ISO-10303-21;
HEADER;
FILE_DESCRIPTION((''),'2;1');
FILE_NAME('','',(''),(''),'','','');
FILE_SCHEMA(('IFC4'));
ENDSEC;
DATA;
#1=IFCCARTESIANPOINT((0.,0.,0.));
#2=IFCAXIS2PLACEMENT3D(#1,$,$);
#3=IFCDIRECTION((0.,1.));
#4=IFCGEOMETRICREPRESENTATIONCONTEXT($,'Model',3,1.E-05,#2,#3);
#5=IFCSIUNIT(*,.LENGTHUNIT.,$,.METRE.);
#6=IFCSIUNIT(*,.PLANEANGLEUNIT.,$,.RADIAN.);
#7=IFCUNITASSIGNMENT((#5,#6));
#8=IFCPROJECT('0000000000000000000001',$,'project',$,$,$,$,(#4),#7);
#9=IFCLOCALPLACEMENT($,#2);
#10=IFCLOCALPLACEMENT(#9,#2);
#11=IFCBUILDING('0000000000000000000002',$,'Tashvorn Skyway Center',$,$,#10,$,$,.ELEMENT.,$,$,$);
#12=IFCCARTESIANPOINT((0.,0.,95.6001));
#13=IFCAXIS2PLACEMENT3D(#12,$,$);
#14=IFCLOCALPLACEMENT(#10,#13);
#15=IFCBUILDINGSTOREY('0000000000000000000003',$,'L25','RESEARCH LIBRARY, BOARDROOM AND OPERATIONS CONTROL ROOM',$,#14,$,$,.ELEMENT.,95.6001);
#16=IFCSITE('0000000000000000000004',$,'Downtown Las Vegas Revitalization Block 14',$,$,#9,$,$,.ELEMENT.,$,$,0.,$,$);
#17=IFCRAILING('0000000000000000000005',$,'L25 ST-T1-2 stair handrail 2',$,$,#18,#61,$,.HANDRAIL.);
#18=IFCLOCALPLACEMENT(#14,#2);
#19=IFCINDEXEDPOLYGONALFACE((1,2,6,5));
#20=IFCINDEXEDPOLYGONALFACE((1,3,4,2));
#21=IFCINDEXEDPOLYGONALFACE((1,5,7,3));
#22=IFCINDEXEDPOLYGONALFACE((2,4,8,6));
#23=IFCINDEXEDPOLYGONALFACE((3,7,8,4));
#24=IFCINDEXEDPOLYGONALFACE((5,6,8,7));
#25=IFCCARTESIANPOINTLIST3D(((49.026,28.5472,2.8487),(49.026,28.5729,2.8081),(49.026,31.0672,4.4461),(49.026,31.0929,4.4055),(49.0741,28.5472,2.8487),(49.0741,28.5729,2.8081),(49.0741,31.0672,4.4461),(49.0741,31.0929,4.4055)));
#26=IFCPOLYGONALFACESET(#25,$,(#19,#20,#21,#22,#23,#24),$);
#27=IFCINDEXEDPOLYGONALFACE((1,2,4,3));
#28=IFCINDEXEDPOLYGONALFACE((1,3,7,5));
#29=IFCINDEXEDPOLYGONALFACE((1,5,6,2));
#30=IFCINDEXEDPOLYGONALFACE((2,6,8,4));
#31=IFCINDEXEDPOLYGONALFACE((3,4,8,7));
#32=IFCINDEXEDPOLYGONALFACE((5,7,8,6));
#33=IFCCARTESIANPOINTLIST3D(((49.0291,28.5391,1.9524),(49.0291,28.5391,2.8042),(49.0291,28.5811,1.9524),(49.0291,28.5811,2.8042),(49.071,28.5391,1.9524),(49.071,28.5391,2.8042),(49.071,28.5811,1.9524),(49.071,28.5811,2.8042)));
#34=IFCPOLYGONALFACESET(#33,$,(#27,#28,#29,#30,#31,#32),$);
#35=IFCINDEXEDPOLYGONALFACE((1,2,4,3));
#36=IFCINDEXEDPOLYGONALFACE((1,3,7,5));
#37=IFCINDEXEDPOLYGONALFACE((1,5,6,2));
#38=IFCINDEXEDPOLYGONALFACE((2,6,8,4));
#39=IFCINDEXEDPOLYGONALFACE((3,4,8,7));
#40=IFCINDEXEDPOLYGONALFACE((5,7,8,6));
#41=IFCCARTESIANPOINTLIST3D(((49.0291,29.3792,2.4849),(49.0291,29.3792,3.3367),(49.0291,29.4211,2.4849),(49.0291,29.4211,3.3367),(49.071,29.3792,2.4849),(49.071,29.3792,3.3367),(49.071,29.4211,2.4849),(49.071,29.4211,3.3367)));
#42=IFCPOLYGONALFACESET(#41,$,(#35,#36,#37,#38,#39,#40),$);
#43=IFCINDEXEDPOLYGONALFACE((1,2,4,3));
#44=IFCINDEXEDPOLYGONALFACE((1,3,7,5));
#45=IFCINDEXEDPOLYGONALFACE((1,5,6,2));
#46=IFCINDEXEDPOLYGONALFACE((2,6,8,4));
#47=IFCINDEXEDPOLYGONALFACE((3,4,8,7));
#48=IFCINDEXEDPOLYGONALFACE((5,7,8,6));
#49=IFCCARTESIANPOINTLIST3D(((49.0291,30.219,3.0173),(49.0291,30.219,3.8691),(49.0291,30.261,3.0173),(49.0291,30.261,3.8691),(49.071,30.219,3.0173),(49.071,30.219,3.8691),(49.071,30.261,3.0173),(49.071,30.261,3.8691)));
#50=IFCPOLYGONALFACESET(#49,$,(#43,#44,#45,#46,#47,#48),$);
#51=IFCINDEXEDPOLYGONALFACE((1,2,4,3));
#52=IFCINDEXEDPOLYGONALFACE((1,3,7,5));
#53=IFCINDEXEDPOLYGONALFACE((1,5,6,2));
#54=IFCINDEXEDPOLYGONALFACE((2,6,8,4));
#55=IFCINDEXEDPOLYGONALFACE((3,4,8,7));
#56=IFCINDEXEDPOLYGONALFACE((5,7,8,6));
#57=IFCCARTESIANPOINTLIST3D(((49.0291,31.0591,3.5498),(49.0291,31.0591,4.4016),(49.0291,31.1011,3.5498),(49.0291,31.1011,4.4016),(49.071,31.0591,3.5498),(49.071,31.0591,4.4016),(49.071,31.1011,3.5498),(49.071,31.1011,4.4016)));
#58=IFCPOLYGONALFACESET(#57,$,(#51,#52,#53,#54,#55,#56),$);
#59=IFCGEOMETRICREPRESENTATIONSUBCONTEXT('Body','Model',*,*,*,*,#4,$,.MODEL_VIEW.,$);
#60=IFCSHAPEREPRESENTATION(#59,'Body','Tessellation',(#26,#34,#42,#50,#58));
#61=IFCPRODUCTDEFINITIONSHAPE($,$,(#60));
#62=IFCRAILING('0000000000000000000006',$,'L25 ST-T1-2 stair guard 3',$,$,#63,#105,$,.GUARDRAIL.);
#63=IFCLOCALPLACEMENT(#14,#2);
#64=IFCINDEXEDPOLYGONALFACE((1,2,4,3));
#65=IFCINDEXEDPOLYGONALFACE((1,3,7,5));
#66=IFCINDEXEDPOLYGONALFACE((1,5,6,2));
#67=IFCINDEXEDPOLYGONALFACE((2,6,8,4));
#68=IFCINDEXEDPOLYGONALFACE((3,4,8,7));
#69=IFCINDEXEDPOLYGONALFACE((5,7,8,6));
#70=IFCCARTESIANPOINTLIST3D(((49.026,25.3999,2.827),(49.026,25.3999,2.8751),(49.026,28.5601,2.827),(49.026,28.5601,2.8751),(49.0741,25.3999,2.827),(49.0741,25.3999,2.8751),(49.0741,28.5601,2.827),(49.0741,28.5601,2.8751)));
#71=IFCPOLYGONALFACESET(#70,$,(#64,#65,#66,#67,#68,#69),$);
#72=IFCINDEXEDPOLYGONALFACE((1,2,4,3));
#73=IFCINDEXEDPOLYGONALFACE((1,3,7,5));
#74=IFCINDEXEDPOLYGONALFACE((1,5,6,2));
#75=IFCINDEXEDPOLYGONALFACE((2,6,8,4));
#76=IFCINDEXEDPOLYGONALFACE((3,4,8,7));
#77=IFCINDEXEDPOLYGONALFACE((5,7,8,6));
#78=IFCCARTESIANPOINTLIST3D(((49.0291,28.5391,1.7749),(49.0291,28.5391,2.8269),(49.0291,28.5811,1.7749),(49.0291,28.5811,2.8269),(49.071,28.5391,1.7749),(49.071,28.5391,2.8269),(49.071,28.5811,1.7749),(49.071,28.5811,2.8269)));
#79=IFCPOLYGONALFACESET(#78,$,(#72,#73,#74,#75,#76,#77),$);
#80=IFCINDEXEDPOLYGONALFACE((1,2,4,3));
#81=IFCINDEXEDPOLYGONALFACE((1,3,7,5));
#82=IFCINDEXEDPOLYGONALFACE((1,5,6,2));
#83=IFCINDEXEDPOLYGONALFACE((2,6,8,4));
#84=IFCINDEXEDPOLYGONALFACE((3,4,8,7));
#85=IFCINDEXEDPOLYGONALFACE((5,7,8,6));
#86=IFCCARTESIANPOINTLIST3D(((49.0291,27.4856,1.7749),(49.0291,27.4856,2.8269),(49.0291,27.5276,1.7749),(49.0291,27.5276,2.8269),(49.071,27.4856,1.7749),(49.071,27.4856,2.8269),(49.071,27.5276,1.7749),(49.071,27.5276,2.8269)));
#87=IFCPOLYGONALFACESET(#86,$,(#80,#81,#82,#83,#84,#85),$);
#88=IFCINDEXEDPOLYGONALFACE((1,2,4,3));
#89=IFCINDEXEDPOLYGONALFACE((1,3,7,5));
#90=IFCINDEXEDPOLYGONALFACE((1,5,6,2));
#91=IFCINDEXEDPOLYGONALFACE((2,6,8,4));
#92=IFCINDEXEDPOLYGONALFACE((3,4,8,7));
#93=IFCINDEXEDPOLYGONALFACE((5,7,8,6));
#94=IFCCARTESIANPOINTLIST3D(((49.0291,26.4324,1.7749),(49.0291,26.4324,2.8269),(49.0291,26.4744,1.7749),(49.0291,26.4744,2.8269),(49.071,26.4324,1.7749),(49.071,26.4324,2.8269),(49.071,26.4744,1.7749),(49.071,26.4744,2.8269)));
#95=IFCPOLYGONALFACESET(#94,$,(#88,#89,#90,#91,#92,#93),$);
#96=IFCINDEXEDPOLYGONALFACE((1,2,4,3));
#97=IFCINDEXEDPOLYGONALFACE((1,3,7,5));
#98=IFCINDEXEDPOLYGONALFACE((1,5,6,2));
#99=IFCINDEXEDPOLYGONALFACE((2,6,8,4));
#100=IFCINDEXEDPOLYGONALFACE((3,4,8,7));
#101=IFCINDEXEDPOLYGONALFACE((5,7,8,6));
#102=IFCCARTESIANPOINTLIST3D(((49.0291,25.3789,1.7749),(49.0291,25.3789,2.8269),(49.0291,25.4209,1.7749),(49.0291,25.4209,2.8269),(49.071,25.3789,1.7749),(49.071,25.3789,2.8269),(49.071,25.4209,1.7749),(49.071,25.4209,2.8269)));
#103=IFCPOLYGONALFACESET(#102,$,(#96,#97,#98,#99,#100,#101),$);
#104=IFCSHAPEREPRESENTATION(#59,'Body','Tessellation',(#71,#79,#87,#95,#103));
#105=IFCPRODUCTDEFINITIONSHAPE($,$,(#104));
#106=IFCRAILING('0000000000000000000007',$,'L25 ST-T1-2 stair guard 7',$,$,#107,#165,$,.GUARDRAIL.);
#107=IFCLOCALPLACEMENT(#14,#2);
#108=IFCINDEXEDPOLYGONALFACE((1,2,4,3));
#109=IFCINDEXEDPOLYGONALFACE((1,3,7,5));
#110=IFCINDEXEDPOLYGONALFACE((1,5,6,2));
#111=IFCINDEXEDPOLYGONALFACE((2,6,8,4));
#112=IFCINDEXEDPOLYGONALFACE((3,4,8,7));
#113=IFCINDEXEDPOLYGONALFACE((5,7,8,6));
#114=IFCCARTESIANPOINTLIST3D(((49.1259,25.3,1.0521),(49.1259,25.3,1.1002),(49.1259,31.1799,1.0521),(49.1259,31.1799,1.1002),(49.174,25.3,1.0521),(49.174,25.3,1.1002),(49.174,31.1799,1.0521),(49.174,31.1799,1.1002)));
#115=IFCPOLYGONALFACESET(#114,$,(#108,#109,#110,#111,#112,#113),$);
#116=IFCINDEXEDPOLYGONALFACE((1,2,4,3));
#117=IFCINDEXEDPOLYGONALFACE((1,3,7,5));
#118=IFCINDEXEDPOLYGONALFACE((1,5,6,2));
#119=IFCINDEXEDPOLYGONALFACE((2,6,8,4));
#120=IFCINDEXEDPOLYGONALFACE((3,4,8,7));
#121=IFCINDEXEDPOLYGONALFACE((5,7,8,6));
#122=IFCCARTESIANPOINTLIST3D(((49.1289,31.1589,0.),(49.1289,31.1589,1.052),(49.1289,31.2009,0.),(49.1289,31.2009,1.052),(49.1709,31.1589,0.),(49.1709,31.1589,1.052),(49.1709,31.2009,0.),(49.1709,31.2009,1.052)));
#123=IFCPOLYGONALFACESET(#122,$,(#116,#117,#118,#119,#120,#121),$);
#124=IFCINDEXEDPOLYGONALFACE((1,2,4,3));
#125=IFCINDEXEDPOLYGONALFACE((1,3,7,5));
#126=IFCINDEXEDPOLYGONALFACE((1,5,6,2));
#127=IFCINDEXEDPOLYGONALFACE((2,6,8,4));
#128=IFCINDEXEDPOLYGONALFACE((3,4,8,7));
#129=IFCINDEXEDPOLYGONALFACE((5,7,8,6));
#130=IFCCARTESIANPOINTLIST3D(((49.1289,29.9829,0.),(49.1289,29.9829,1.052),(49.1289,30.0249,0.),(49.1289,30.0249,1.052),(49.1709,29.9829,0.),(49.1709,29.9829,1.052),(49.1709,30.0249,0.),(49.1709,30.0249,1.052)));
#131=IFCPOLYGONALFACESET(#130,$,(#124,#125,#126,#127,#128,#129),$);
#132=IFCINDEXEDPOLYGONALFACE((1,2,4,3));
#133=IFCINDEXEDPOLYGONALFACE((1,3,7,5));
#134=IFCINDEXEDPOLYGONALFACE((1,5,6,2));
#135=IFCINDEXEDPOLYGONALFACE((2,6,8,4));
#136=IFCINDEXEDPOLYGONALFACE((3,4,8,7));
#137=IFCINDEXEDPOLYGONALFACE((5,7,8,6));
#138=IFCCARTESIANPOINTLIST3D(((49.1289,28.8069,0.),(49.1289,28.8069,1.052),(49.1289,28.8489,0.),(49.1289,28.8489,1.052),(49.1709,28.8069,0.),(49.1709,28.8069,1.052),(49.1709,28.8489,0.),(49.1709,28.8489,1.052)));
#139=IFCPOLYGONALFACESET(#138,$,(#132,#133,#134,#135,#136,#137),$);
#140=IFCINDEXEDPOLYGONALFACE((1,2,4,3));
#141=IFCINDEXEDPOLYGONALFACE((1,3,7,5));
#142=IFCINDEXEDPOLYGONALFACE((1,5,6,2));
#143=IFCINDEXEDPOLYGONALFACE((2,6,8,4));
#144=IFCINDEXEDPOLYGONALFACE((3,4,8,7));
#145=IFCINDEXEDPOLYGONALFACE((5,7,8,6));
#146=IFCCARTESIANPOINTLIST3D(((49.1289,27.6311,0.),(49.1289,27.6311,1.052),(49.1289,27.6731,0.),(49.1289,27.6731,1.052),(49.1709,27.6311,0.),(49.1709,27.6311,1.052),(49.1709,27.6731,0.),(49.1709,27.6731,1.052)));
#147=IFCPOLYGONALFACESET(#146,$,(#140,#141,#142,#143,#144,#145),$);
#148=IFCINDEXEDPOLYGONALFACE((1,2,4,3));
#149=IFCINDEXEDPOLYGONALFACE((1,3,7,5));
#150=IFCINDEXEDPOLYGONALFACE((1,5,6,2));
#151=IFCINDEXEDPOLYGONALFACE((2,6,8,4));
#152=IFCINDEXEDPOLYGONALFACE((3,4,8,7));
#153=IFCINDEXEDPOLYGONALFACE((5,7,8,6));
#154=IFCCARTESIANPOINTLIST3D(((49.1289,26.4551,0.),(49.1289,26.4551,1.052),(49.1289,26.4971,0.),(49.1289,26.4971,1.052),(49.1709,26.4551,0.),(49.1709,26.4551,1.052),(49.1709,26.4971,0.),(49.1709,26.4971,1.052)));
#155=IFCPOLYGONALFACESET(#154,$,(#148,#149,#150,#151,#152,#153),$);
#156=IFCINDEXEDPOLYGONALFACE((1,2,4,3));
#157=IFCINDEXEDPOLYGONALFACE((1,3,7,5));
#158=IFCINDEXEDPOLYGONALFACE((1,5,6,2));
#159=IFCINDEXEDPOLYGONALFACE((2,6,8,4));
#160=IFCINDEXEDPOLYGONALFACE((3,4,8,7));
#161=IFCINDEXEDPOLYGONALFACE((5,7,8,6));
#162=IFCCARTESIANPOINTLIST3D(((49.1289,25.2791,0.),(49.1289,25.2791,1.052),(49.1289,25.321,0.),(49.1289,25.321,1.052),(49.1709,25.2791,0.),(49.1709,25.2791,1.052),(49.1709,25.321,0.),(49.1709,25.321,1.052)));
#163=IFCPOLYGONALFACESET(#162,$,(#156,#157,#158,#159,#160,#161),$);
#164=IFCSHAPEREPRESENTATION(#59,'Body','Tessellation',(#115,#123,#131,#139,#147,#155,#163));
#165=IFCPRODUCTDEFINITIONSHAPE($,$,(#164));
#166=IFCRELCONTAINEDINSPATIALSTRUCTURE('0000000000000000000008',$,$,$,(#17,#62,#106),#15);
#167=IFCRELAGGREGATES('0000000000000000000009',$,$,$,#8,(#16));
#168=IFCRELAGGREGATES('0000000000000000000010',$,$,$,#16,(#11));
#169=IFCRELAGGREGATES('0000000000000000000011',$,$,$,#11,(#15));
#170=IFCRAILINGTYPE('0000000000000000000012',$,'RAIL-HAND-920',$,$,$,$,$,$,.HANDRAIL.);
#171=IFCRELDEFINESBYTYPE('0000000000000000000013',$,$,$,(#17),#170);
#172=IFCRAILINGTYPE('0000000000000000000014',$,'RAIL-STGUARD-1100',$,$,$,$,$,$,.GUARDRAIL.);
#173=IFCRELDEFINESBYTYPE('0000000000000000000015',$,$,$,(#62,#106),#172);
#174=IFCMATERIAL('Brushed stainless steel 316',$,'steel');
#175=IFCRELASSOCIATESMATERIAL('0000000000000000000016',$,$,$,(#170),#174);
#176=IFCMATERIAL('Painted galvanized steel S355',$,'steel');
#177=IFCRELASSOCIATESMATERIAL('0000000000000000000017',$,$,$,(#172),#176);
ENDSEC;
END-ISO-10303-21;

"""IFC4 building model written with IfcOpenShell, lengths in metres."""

from ifc_helpers import new_model, si_unit, direction, frame, origin, origin_2d, place, context, subcontext, project, spatial, rectangle, extrude, material, type_object, element, save


model = new_model("IFC4")

# Units and contexts
model_context = context("Model", 3, precision=1e-05, world=origin(), true_north=direction((0.0, 1.0)))
body_context = subcontext(model_context, "Body", "Model", "MODEL_VIEW")
ifc_project = project(units=[si_unit("LENGTHUNIT", "METRE"), si_unit("PLANEANGLEUNIT", "RADIAN")], contexts=[model_context])

# Site, building, storey
site_placement = place(None, origin())
site = spatial("IfcSite", under=ifc_project, at=site_placement, Name="Downtown Las Vegas Revitalization Block 14", CompositionType="ELEMENT", RefElevation=0.0)
building_placement = place(site_placement, origin())
building = spatial("IfcBuilding", under=site, at=building_placement, Name="Tashvorn Skyway Center", CompositionType="ELEMENT")
storey_placement = place(building_placement, frame((0.0, 0.0, 95.6001)))
storey = spatial("IfcBuildingStorey", under=building, at=storey_placement, Name="L25", Description="RESEARCH LIBRARY, BOARDROOM AND OPERATIONS CONTROL ROOM", CompositionType="ELEMENT", Elevation=95.6001)

# Railings
ifc_material_1 = material(Name="Brushed stainless steel 316", Category="steel")
railing_type_1 = type_object("IfcRailingType", Name="RAIL-HAND-920", PredefinedType="HANDRAIL", material=ifc_material_1)
railing_1_placement = place(storey_placement, frame((49.05, 28.5601, 1.9524)))
element("IfcRailing", 1, at=railing_1_placement, inside=storey, type_object=railing_type_1, Name="L25 ST-T1-2 stair handrail 2", PredefinedType="HANDRAIL", context=body_context, shape_type="SweptSolid", body=[
    extrude(rectangle(XDim=0.0481, YDim=0.0481, at=origin_2d()), frame((0.0, 0.0, 0.876), z_axis=(0.0, 0.844607, 0.535387), x_axis=(-1.0, 0.0, 0.0)), (0.0, 0.0, 1.0), 2.9836),
    extrude(rectangle(XDim=0.042, YDim=0.042, at=origin_2d()), origin(), (0.0, 0.0, 1.0), 0.8518),
    extrude(rectangle(XDim=0.042, YDim=0.042, at=origin_2d()), frame((0.0, 0.8401, 0.5325)), (0.0, 0.0, 1.0), 0.8518),
    extrude(rectangle(XDim=0.042, YDim=0.042, at=origin_2d()), frame((0.0, 1.6799, 1.0649)), (0.0, 0.0, 1.0), 0.8518),
    extrude(rectangle(XDim=0.042, YDim=0.042, at=origin_2d()), frame((0.0, 2.52, 1.5974)), (0.0, 0.0, 1.0), 0.8518),
])
ifc_material_2 = material(Name="Painted galvanized steel S355", Category="steel")
railing_type_2 = type_object("IfcRailingType", Name="RAIL-STGUARD-1100", PredefinedType="GUARDRAIL", material=ifc_material_2)
railing_2_placement = place(storey_placement, frame((49.05, 28.5601, 1.7749)))
element("IfcRailing", 2, at=railing_2_placement, inside=storey, type_object=railing_type_2, Name="L25 ST-T1-2 stair guard 3", PredefinedType="GUARDRAIL", context=body_context, shape_type="SweptSolid", body=[
    extrude(rectangle(XDim=0.0481, YDim=0.0481, at=origin_2d()), frame((0.0, 0.0, 1.0762), z_axis=(0.0, -1.0, 0.0), x_axis=(1.0, 0.0, 0.0)), (0.0, 0.0, 1.0), 3.1602),
    extrude(rectangle(XDim=0.042, YDim=0.042, at=origin_2d()), origin(), (0.0, 0.0, 1.0), 1.052),
    extrude(rectangle(XDim=0.042, YDim=0.042, at=origin_2d()), frame((0.0, -1.0535, 0.0)), (0.0, 0.0, 1.0), 1.052),
    extrude(rectangle(XDim=0.042, YDim=0.042, at=origin_2d()), frame((0.0, -2.1067, 0.0)), (0.0, 0.0, 1.0), 1.052),
    extrude(rectangle(XDim=0.042, YDim=0.042, at=origin_2d()), frame((0.0, -3.1602, 0.0)), (0.0, 0.0, 1.0), 1.052),
])
railing_3_placement = place(storey_placement, frame((49.1499, 31.1799, 0.0)))
element("IfcRailing", 3, at=railing_3_placement, inside=storey, type_object=railing_type_2, Name="L25 ST-T1-2 stair guard 7", PredefinedType="GUARDRAIL", context=body_context, shape_type="SweptSolid", body=[
    extrude(rectangle(XDim=0.0481, YDim=0.0481, at=origin_2d()), frame((0.0, 0.0, 1.0762), z_axis=(0.0, -1.0, 0.0), x_axis=(1.0, 0.0, 0.0)), (0.0, 0.0, 1.0), 5.8799),
    extrude(rectangle(XDim=0.042, YDim=0.042, at=origin_2d()), origin(), (0.0, 0.0, 1.0), 1.052),
    extrude(rectangle(XDim=0.042, YDim=0.042, at=origin_2d()), frame((0.0, -1.176, 0.0)), (0.0, 0.0, 1.0), 1.052),
    extrude(rectangle(XDim=0.042, YDim=0.042, at=origin_2d()), frame((0.0, -2.3521, 0.0)), (0.0, 0.0, 1.0), 1.052),
    extrude(rectangle(XDim=0.042, YDim=0.042, at=origin_2d()), frame((0.0, -3.5278, 0.0)), (0.0, 0.0, 1.0), 1.052),
    extrude(rectangle(XDim=0.042, YDim=0.042, at=origin_2d()), frame((0.0, -4.7039, 0.0)), (0.0, 0.0, 1.0), 1.052),
    extrude(rectangle(XDim=0.042, YDim=0.042, at=origin_2d()), frame((0.0, -5.8799, 0.0)), (0.0, 0.0, 1.0), 1.052),
])

save(model, "model.ifc")
